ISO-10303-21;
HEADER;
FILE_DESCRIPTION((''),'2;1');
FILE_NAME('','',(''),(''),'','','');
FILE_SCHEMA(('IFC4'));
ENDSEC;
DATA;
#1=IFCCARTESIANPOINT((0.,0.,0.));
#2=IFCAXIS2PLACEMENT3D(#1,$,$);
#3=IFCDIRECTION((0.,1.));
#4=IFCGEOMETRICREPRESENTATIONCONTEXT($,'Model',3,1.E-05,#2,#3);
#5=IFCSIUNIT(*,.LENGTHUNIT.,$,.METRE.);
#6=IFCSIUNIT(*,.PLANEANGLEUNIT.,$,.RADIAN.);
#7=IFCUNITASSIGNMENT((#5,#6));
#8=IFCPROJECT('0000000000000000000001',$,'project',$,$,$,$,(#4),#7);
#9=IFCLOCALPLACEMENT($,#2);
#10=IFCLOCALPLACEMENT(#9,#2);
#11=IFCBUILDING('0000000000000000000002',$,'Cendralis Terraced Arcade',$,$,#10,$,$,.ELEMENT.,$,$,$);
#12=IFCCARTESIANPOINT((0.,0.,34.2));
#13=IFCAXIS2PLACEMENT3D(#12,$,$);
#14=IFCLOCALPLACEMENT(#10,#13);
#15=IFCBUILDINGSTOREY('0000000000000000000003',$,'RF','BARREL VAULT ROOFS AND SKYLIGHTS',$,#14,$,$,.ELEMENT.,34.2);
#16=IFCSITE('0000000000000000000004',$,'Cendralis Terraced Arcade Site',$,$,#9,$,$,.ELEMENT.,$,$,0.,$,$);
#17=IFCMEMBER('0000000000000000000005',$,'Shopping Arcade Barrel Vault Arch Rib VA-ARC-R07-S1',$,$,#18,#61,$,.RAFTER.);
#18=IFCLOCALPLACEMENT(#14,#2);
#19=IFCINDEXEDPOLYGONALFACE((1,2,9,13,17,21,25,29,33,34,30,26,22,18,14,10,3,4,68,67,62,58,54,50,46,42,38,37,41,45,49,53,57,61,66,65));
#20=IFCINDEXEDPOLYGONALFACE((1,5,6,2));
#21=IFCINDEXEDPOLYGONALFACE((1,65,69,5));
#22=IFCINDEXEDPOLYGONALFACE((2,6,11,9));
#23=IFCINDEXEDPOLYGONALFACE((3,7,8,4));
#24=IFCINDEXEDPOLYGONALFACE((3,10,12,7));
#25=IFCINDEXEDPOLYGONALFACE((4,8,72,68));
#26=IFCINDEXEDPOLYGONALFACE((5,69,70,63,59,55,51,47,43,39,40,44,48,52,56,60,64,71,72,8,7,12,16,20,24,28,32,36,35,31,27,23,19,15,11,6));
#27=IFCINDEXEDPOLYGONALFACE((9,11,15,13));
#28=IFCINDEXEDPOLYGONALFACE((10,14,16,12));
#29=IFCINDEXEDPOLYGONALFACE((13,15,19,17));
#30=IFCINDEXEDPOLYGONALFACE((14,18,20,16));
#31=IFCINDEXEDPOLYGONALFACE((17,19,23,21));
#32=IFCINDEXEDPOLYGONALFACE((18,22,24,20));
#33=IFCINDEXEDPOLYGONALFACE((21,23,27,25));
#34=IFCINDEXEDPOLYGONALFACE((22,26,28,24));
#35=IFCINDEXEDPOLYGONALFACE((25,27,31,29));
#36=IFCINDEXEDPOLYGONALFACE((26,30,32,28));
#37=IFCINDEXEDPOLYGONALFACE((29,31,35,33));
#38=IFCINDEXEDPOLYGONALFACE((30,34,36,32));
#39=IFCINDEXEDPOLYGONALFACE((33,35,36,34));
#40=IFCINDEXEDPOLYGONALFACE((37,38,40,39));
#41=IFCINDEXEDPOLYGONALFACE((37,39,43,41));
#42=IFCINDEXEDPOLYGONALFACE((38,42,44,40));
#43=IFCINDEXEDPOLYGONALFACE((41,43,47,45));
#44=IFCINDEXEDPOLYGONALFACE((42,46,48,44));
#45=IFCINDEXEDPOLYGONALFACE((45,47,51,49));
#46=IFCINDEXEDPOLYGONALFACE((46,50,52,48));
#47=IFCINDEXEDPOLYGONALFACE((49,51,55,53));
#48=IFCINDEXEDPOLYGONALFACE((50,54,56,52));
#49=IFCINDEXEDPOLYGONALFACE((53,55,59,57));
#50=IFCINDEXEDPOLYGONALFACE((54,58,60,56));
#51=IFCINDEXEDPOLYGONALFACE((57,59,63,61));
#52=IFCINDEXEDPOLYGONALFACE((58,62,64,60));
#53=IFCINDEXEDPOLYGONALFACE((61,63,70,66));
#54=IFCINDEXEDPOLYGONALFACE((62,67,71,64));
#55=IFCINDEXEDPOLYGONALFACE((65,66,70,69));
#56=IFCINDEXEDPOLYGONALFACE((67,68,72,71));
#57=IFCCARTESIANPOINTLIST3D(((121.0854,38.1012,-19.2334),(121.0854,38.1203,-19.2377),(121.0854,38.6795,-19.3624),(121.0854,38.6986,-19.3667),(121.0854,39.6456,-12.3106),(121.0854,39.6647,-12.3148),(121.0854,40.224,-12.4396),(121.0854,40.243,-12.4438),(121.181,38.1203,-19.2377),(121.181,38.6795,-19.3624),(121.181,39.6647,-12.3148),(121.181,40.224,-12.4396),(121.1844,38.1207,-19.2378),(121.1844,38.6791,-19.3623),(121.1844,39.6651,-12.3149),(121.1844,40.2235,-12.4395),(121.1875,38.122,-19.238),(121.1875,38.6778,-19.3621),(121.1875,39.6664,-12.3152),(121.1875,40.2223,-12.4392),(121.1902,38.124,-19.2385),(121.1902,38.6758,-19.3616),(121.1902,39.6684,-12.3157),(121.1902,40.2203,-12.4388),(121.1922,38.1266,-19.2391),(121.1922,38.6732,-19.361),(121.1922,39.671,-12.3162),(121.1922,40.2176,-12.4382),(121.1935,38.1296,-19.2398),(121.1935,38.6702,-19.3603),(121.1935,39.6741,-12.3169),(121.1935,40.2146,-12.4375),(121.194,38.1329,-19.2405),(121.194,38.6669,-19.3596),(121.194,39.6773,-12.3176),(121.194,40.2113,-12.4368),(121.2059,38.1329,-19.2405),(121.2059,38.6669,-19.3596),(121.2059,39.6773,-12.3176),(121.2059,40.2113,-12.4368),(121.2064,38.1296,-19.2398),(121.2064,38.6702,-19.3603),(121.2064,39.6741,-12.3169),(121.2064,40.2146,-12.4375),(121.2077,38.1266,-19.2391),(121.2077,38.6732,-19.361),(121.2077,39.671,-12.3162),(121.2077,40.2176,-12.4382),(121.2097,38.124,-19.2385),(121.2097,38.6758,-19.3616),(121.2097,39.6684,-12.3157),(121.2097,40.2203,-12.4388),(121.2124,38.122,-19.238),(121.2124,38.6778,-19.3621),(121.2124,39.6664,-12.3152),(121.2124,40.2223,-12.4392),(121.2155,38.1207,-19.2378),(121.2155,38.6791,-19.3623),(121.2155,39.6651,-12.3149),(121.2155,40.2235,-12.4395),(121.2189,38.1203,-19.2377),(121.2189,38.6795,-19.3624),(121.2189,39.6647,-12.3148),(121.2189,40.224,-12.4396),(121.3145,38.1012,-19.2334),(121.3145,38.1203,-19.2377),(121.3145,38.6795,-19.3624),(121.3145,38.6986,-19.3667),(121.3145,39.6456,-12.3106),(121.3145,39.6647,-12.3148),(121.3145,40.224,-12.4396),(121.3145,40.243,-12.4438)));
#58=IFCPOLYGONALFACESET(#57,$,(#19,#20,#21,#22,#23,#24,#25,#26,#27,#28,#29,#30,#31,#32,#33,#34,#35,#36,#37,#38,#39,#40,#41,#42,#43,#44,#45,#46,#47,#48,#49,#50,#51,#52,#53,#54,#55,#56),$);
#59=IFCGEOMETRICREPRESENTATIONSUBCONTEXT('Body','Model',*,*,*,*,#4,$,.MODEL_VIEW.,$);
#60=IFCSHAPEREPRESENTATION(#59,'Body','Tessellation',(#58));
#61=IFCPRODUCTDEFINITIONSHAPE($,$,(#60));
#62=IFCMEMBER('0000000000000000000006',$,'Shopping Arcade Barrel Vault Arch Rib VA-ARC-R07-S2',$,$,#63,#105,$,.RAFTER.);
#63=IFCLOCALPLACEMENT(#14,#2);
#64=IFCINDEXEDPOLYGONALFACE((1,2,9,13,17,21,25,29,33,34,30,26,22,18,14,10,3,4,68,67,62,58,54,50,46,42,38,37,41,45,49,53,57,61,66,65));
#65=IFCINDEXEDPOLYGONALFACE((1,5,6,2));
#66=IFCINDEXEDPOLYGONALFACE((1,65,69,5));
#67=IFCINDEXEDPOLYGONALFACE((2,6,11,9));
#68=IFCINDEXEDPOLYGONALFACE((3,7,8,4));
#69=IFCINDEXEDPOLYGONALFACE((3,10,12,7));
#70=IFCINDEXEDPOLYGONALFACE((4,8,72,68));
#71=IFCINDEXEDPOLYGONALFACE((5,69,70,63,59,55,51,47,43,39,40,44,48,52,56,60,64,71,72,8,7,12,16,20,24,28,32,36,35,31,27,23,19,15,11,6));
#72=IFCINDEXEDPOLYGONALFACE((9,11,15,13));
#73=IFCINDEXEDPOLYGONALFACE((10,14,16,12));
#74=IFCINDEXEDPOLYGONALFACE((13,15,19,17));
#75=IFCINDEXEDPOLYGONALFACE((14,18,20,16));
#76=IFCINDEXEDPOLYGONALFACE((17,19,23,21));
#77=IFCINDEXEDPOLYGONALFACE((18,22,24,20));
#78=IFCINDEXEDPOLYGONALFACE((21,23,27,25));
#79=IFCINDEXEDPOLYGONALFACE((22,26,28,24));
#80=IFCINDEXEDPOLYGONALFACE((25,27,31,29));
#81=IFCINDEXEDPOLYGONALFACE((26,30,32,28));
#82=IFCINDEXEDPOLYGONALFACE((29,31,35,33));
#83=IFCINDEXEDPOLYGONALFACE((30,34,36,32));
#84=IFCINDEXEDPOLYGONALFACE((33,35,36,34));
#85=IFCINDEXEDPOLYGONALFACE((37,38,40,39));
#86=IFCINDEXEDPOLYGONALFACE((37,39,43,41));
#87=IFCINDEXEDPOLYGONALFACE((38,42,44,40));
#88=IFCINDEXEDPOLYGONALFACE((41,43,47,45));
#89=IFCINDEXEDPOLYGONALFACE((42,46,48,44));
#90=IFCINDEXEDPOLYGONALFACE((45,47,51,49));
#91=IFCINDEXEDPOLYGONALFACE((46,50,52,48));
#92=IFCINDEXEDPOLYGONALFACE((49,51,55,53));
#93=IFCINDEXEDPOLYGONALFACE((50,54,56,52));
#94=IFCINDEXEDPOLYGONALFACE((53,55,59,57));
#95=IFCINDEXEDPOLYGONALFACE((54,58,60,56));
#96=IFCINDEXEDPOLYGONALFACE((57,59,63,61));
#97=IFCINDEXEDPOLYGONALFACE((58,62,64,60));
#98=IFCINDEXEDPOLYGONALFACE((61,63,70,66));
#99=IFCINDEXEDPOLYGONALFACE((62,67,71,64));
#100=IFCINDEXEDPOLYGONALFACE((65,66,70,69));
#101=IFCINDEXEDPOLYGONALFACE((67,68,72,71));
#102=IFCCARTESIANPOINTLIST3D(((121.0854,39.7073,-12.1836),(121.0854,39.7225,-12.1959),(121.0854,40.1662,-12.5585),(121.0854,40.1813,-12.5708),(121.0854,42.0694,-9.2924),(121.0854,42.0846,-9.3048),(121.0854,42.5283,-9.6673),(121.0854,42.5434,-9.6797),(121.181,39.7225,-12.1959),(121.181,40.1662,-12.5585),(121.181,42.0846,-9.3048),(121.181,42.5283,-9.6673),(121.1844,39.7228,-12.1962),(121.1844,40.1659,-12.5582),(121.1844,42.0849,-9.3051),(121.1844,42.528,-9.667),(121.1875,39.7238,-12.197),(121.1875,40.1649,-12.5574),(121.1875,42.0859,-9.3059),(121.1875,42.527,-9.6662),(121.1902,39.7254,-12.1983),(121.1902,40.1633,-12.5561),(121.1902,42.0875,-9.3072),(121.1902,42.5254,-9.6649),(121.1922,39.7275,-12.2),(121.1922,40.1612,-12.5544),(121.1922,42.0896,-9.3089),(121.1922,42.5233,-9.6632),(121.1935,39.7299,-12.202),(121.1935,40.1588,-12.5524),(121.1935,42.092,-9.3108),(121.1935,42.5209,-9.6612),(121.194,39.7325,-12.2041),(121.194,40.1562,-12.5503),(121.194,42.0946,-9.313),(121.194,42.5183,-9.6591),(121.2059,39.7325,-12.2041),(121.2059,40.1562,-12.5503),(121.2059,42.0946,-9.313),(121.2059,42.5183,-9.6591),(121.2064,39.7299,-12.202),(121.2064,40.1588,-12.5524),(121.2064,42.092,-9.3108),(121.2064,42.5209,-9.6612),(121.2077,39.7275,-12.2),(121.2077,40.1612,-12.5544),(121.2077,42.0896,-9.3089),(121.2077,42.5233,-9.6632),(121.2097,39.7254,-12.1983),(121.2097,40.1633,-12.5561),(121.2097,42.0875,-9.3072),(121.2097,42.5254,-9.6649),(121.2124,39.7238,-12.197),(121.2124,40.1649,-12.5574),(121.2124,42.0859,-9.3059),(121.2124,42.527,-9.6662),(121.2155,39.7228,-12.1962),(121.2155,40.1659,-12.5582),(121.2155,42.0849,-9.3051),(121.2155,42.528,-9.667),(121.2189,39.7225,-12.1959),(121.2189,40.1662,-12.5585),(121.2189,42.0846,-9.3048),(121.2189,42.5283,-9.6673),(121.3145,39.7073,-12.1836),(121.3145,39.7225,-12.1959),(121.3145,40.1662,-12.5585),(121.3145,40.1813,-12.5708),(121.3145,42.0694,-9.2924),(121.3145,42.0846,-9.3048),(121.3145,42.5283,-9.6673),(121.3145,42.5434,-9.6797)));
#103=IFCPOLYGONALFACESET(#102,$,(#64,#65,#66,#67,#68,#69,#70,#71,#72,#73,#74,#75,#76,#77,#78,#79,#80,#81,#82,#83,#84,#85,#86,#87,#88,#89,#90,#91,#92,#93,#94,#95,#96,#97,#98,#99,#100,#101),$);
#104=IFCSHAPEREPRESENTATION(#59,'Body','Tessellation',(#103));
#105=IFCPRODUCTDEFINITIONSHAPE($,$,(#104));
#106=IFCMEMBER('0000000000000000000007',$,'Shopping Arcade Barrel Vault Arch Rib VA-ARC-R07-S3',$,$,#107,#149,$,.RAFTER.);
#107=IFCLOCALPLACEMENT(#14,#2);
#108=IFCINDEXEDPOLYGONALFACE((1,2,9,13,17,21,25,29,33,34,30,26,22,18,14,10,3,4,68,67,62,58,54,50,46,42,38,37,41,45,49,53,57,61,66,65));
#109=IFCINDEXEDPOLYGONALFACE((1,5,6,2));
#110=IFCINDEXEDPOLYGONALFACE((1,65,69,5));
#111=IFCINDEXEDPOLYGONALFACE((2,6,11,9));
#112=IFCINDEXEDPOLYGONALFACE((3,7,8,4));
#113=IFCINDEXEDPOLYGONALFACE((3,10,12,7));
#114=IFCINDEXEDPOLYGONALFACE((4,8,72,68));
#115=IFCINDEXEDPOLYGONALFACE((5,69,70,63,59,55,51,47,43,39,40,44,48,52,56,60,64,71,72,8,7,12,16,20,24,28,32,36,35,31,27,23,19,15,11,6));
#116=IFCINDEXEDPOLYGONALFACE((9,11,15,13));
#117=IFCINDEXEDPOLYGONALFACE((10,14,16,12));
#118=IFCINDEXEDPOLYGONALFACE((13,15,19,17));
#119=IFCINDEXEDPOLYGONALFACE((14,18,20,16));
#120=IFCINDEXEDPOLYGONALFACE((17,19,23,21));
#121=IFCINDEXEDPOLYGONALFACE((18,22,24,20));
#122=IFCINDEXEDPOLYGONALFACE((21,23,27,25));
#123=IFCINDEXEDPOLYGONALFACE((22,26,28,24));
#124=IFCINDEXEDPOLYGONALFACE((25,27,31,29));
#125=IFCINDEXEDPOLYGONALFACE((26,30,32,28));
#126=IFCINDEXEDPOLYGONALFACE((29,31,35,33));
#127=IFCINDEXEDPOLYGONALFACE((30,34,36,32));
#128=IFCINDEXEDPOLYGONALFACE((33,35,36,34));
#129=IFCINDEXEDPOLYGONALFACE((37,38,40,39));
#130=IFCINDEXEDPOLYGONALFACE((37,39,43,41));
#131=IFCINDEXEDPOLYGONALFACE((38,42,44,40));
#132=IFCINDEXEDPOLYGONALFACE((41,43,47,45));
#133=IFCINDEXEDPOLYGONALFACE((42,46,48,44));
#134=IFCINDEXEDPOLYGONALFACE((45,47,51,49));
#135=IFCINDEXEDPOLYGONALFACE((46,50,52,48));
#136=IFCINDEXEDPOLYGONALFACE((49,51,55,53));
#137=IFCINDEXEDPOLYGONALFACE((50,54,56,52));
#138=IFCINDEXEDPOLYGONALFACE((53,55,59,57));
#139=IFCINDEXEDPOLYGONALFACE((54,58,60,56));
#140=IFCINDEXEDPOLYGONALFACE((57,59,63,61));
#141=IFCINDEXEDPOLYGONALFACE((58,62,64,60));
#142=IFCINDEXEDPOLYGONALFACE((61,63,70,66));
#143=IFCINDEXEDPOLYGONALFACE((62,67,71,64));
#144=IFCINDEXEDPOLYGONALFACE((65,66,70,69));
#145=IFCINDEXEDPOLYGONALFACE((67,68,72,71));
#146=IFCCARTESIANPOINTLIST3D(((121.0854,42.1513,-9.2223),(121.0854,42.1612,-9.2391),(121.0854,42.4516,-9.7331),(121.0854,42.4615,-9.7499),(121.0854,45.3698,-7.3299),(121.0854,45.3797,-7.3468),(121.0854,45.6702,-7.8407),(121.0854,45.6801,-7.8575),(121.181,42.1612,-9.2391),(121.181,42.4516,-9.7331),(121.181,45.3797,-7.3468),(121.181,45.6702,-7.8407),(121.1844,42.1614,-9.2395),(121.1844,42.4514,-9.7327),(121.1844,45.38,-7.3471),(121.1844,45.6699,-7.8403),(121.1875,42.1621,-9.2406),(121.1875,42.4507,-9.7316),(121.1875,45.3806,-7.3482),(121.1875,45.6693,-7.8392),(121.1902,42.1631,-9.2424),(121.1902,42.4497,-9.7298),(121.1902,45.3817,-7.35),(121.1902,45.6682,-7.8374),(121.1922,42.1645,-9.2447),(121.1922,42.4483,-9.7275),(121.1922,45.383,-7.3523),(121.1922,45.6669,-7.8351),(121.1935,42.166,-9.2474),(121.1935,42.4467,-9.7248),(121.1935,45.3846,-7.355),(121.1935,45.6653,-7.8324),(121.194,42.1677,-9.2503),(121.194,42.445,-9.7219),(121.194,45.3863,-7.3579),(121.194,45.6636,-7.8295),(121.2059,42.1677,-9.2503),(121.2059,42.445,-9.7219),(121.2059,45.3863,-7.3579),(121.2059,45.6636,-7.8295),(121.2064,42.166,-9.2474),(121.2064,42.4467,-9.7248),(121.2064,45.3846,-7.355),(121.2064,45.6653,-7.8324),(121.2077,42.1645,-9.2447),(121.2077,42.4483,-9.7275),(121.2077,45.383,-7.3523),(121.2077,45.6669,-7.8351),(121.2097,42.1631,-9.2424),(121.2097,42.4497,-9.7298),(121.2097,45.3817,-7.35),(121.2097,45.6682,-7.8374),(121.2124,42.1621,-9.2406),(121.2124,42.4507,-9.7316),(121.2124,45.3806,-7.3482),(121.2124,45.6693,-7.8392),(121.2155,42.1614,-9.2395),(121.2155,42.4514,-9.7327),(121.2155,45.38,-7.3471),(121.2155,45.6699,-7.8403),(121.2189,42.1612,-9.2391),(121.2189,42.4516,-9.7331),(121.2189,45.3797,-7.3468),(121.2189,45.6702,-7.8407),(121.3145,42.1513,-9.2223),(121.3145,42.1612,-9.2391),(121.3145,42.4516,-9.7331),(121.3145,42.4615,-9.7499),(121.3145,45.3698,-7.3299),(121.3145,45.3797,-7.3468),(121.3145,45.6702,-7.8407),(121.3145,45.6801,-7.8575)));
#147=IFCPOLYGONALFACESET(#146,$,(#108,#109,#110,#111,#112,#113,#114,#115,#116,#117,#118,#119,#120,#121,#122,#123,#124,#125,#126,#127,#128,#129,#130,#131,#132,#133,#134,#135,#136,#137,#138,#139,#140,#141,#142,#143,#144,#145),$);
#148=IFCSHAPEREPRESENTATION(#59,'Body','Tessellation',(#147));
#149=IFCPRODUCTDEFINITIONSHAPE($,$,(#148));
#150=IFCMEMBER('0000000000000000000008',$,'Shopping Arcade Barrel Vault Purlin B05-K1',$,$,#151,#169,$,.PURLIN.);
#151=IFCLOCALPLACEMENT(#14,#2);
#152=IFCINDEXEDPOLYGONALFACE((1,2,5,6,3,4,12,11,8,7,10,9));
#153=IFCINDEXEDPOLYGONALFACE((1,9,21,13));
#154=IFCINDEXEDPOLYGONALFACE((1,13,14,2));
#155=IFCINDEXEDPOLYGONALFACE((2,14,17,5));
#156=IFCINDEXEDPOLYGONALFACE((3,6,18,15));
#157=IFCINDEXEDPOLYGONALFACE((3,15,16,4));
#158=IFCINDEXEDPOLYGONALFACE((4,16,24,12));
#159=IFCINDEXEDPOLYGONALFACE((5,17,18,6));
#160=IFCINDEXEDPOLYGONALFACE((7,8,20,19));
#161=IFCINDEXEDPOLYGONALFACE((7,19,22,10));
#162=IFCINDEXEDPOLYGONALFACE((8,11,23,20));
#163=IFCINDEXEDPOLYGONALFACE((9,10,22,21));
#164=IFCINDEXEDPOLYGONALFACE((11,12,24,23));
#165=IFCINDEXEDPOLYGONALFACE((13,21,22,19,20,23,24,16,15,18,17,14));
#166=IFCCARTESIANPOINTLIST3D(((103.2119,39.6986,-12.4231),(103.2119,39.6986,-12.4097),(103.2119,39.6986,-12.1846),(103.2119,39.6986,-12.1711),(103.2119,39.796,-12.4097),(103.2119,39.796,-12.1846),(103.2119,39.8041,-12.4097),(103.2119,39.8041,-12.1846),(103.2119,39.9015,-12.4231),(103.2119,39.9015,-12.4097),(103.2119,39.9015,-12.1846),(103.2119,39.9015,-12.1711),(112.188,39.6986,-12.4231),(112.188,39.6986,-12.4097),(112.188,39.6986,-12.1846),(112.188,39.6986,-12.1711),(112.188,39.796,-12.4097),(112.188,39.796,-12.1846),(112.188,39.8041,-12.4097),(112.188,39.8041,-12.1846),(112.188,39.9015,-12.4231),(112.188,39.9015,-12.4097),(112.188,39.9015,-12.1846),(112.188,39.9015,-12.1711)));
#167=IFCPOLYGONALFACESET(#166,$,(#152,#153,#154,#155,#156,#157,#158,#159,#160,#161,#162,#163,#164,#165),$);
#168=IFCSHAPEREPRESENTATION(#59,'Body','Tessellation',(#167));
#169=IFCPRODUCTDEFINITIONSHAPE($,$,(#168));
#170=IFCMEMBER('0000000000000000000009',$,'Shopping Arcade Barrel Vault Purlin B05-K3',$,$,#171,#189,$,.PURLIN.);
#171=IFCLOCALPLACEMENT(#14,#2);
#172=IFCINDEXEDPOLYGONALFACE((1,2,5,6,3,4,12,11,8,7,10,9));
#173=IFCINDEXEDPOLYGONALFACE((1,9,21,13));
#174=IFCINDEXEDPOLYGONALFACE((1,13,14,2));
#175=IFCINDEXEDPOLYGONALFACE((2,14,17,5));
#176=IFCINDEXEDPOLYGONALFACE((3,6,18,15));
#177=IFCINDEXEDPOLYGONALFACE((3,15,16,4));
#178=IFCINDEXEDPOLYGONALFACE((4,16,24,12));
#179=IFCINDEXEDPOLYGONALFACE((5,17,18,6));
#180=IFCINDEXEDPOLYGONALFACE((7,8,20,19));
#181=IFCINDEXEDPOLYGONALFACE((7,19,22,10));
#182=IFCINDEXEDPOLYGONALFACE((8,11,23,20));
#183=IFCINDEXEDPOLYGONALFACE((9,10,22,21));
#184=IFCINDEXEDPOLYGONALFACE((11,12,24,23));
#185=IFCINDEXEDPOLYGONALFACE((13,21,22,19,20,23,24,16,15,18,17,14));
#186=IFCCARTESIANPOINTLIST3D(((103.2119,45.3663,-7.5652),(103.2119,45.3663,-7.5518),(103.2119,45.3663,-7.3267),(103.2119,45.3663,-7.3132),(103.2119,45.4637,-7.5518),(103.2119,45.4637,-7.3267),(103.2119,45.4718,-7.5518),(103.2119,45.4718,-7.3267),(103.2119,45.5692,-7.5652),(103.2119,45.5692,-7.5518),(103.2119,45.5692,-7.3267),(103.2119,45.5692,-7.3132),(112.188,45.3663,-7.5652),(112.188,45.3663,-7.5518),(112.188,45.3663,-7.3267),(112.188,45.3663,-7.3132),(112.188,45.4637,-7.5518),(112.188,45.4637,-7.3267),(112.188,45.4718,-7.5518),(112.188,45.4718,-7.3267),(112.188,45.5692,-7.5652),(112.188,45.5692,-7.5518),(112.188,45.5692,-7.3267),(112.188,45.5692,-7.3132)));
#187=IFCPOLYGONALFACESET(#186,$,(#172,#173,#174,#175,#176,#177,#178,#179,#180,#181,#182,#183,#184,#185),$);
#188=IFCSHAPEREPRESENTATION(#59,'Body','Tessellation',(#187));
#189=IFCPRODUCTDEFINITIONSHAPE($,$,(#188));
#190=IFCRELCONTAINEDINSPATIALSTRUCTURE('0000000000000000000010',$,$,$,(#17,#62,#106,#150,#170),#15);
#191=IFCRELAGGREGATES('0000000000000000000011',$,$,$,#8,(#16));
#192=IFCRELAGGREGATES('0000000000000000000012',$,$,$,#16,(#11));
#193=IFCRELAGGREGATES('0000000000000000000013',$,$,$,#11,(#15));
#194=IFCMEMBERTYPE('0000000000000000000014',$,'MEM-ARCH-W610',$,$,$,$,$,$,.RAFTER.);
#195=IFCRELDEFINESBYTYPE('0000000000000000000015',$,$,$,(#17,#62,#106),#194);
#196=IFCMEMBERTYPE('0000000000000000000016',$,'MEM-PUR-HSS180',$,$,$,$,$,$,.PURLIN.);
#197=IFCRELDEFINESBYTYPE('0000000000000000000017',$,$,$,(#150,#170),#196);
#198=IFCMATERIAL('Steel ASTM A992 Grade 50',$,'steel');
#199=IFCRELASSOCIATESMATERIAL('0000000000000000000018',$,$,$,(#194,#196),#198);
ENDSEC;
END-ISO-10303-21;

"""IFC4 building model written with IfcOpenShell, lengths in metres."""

from ifc_helpers import new_model, si_unit, direction, frame, origin, origin_2d, place, context, subcontext, project, spatial, i_section, extrude, material, material_profile, profile_set, type_object, element, save


model = new_model("IFC4")

# Units and contexts
model_context = context("Model", 3, precision=1e-05, world=origin(), true_north=direction((0.0, 1.0)))
body_context = subcontext(model_context, "Body", "Model", "MODEL_VIEW")
ifc_project = project(units=[si_unit("LENGTHUNIT", "METRE"), si_unit("PLANEANGLEUNIT", "RADIAN")], contexts=[model_context])

# Site, building, storey
site_placement = place(None, origin())
site = spatial("IfcSite", under=ifc_project, at=site_placement, Name="Cendralis Terraced Arcade Site", CompositionType="ELEMENT", RefElevation=0.0)
building_placement = place(site_placement, origin())
building = spatial("IfcBuilding", under=site, at=building_placement, Name="Cendralis Terraced Arcade", CompositionType="ELEMENT")
storey_placement = place(building_placement, frame((0.0, 0.0, 34.2)))
storey = spatial("IfcBuildingStorey", under=building, at=storey_placement, Name="RF", Description="BARREL VAULT ROOFS AND SKYLIGHTS", CompositionType="ELEMENT", Elevation=34.2)

# Members
ifc_material_1 = material(Name="Steel ASTM A992 Grade 50", Category="steel")
ifc_material_profile_1 = material_profile(ifc_material_1, i_section(OverallWidth=0.229, OverallDepth=0.6121, WebThickness=0.012, FlangeThickness=0.0195, FilletRadius=0.0129, at=origin_2d()), Name="W610X125", Category="LoadBearing")
ifc_profile_set_1 = profile_set([ifc_material_profile_1], Name="Steel ASTM A992 Grade 50")
member_type_1 = type_object("IfcMemberType", Name="MEM-ARCH-W610", PredefinedType="RAFTER", material=ifc_profile_set_1)
member_1_placement = place(storey_placement, frame((121.2, 38.3999, -19.3), z_axis=(0.0, 0.217739, 0.976007), x_axis=(-1.0, 0.0, 0.0)))
element("IfcMember", 1, at=member_1_placement, inside=storey, type_object=member_type_1, Name="Shopping Arcade Barrel Vault Arch Rib VA-ARC-R07-S1", PredefinedType="RAFTER", context=body_context, shape_type="SweptSolid", body=[
    extrude(i_section(OverallWidth=0.229, OverallDepth=0.6121, WebThickness=0.012, FlangeThickness=0.0195, FilletRadius=0.0129, at=origin_2d()), origin(), (0.0, 0.0, 1.0), 7.093),
])
member_2_placement = place(storey_placement, frame((121.2, 39.9443, -12.3772), z_axis=(0.0, 0.632693, 0.774403), x_axis=(-1.0, 0.0, 0.0)))
element("IfcMember", 2, at=member_2_placement, inside=storey, type_object=member_type_1, Name="Shopping Arcade Barrel Vault Arch Rib VA-ARC-R07-S2", PredefinedType="RAFTER", context=body_context, shape_type="SweptSolid", body=[
    extrude(i_section(OverallWidth=0.229, OverallDepth=0.6121, WebThickness=0.012, FlangeThickness=0.0195, FilletRadius=0.0129, at=origin_2d()), origin(), (0.0, 0.0, 1.0), 3.7334),
])
member_3_placement = place(storey_placement, frame((121.2, 42.3064, -9.4861), z_axis=(0.0, 0.86204, 0.50684), x_axis=(-1.0, 0.0, 0.0)))
element("IfcMember", 3, at=member_3_placement, inside=storey, type_object=member_type_1, Name="Shopping Arcade Barrel Vault Arch Rib VA-ARC-R07-S3", PredefinedType="RAFTER", context=body_context, shape_type="SweptSolid", body=[
    extrude(i_section(OverallWidth=0.229, OverallDepth=0.6121, WebThickness=0.012, FlangeThickness=0.0195, FilletRadius=0.0129, at=origin_2d()), origin(), (0.0, 0.0, 1.0), 3.7336),
])
ifc_material_profile_2 = material_profile(ifc_material_1, i_section(OverallWidth=0.2029, OverallDepth=0.252, WebThickness=0.0081, FlangeThickness=0.0134, at=origin_2d()), Name="W250X58", Category="LoadBearing")
ifc_profile_set_2 = profile_set([ifc_material_profile_2], Name="Steel ASTM A992 Grade 50")
member_type_2 = type_object("IfcMemberType", Name="MEM-PUR-HSS180", PredefinedType="PURLIN", material=ifc_profile_set_2)
for number, where, z_axis, x_axis, name in (
    (4, (103.2119, 39.8, -12.2971), (1.0, 0.0, 0.0), (0.0, 1.0, 0.0), "Shopping Arcade Barrel Vault Purlin B05-K1"),
    (5, (103.2119, 45.4678, -7.4392), (1.0, 0.0, 0.0), (0.0, 1.0, 0.0), "Shopping Arcade Barrel Vault Purlin B05-K3"),
):
    element("IfcMember", number, at=place(storey_placement, frame(where, z_axis=z_axis, x_axis=x_axis)), inside=storey, type_object=member_type_2, Name=name, PredefinedType="PURLIN", context=body_context, shape_type="SweptSolid", body=[
        extrude(i_section(OverallWidth=0.2029, OverallDepth=0.252, WebThickness=0.0081, FlangeThickness=0.0134, at=origin_2d()), origin(), (0.0, 0.0, 1.0), 8.9761),
    ])

save(model, "model.ifc")
